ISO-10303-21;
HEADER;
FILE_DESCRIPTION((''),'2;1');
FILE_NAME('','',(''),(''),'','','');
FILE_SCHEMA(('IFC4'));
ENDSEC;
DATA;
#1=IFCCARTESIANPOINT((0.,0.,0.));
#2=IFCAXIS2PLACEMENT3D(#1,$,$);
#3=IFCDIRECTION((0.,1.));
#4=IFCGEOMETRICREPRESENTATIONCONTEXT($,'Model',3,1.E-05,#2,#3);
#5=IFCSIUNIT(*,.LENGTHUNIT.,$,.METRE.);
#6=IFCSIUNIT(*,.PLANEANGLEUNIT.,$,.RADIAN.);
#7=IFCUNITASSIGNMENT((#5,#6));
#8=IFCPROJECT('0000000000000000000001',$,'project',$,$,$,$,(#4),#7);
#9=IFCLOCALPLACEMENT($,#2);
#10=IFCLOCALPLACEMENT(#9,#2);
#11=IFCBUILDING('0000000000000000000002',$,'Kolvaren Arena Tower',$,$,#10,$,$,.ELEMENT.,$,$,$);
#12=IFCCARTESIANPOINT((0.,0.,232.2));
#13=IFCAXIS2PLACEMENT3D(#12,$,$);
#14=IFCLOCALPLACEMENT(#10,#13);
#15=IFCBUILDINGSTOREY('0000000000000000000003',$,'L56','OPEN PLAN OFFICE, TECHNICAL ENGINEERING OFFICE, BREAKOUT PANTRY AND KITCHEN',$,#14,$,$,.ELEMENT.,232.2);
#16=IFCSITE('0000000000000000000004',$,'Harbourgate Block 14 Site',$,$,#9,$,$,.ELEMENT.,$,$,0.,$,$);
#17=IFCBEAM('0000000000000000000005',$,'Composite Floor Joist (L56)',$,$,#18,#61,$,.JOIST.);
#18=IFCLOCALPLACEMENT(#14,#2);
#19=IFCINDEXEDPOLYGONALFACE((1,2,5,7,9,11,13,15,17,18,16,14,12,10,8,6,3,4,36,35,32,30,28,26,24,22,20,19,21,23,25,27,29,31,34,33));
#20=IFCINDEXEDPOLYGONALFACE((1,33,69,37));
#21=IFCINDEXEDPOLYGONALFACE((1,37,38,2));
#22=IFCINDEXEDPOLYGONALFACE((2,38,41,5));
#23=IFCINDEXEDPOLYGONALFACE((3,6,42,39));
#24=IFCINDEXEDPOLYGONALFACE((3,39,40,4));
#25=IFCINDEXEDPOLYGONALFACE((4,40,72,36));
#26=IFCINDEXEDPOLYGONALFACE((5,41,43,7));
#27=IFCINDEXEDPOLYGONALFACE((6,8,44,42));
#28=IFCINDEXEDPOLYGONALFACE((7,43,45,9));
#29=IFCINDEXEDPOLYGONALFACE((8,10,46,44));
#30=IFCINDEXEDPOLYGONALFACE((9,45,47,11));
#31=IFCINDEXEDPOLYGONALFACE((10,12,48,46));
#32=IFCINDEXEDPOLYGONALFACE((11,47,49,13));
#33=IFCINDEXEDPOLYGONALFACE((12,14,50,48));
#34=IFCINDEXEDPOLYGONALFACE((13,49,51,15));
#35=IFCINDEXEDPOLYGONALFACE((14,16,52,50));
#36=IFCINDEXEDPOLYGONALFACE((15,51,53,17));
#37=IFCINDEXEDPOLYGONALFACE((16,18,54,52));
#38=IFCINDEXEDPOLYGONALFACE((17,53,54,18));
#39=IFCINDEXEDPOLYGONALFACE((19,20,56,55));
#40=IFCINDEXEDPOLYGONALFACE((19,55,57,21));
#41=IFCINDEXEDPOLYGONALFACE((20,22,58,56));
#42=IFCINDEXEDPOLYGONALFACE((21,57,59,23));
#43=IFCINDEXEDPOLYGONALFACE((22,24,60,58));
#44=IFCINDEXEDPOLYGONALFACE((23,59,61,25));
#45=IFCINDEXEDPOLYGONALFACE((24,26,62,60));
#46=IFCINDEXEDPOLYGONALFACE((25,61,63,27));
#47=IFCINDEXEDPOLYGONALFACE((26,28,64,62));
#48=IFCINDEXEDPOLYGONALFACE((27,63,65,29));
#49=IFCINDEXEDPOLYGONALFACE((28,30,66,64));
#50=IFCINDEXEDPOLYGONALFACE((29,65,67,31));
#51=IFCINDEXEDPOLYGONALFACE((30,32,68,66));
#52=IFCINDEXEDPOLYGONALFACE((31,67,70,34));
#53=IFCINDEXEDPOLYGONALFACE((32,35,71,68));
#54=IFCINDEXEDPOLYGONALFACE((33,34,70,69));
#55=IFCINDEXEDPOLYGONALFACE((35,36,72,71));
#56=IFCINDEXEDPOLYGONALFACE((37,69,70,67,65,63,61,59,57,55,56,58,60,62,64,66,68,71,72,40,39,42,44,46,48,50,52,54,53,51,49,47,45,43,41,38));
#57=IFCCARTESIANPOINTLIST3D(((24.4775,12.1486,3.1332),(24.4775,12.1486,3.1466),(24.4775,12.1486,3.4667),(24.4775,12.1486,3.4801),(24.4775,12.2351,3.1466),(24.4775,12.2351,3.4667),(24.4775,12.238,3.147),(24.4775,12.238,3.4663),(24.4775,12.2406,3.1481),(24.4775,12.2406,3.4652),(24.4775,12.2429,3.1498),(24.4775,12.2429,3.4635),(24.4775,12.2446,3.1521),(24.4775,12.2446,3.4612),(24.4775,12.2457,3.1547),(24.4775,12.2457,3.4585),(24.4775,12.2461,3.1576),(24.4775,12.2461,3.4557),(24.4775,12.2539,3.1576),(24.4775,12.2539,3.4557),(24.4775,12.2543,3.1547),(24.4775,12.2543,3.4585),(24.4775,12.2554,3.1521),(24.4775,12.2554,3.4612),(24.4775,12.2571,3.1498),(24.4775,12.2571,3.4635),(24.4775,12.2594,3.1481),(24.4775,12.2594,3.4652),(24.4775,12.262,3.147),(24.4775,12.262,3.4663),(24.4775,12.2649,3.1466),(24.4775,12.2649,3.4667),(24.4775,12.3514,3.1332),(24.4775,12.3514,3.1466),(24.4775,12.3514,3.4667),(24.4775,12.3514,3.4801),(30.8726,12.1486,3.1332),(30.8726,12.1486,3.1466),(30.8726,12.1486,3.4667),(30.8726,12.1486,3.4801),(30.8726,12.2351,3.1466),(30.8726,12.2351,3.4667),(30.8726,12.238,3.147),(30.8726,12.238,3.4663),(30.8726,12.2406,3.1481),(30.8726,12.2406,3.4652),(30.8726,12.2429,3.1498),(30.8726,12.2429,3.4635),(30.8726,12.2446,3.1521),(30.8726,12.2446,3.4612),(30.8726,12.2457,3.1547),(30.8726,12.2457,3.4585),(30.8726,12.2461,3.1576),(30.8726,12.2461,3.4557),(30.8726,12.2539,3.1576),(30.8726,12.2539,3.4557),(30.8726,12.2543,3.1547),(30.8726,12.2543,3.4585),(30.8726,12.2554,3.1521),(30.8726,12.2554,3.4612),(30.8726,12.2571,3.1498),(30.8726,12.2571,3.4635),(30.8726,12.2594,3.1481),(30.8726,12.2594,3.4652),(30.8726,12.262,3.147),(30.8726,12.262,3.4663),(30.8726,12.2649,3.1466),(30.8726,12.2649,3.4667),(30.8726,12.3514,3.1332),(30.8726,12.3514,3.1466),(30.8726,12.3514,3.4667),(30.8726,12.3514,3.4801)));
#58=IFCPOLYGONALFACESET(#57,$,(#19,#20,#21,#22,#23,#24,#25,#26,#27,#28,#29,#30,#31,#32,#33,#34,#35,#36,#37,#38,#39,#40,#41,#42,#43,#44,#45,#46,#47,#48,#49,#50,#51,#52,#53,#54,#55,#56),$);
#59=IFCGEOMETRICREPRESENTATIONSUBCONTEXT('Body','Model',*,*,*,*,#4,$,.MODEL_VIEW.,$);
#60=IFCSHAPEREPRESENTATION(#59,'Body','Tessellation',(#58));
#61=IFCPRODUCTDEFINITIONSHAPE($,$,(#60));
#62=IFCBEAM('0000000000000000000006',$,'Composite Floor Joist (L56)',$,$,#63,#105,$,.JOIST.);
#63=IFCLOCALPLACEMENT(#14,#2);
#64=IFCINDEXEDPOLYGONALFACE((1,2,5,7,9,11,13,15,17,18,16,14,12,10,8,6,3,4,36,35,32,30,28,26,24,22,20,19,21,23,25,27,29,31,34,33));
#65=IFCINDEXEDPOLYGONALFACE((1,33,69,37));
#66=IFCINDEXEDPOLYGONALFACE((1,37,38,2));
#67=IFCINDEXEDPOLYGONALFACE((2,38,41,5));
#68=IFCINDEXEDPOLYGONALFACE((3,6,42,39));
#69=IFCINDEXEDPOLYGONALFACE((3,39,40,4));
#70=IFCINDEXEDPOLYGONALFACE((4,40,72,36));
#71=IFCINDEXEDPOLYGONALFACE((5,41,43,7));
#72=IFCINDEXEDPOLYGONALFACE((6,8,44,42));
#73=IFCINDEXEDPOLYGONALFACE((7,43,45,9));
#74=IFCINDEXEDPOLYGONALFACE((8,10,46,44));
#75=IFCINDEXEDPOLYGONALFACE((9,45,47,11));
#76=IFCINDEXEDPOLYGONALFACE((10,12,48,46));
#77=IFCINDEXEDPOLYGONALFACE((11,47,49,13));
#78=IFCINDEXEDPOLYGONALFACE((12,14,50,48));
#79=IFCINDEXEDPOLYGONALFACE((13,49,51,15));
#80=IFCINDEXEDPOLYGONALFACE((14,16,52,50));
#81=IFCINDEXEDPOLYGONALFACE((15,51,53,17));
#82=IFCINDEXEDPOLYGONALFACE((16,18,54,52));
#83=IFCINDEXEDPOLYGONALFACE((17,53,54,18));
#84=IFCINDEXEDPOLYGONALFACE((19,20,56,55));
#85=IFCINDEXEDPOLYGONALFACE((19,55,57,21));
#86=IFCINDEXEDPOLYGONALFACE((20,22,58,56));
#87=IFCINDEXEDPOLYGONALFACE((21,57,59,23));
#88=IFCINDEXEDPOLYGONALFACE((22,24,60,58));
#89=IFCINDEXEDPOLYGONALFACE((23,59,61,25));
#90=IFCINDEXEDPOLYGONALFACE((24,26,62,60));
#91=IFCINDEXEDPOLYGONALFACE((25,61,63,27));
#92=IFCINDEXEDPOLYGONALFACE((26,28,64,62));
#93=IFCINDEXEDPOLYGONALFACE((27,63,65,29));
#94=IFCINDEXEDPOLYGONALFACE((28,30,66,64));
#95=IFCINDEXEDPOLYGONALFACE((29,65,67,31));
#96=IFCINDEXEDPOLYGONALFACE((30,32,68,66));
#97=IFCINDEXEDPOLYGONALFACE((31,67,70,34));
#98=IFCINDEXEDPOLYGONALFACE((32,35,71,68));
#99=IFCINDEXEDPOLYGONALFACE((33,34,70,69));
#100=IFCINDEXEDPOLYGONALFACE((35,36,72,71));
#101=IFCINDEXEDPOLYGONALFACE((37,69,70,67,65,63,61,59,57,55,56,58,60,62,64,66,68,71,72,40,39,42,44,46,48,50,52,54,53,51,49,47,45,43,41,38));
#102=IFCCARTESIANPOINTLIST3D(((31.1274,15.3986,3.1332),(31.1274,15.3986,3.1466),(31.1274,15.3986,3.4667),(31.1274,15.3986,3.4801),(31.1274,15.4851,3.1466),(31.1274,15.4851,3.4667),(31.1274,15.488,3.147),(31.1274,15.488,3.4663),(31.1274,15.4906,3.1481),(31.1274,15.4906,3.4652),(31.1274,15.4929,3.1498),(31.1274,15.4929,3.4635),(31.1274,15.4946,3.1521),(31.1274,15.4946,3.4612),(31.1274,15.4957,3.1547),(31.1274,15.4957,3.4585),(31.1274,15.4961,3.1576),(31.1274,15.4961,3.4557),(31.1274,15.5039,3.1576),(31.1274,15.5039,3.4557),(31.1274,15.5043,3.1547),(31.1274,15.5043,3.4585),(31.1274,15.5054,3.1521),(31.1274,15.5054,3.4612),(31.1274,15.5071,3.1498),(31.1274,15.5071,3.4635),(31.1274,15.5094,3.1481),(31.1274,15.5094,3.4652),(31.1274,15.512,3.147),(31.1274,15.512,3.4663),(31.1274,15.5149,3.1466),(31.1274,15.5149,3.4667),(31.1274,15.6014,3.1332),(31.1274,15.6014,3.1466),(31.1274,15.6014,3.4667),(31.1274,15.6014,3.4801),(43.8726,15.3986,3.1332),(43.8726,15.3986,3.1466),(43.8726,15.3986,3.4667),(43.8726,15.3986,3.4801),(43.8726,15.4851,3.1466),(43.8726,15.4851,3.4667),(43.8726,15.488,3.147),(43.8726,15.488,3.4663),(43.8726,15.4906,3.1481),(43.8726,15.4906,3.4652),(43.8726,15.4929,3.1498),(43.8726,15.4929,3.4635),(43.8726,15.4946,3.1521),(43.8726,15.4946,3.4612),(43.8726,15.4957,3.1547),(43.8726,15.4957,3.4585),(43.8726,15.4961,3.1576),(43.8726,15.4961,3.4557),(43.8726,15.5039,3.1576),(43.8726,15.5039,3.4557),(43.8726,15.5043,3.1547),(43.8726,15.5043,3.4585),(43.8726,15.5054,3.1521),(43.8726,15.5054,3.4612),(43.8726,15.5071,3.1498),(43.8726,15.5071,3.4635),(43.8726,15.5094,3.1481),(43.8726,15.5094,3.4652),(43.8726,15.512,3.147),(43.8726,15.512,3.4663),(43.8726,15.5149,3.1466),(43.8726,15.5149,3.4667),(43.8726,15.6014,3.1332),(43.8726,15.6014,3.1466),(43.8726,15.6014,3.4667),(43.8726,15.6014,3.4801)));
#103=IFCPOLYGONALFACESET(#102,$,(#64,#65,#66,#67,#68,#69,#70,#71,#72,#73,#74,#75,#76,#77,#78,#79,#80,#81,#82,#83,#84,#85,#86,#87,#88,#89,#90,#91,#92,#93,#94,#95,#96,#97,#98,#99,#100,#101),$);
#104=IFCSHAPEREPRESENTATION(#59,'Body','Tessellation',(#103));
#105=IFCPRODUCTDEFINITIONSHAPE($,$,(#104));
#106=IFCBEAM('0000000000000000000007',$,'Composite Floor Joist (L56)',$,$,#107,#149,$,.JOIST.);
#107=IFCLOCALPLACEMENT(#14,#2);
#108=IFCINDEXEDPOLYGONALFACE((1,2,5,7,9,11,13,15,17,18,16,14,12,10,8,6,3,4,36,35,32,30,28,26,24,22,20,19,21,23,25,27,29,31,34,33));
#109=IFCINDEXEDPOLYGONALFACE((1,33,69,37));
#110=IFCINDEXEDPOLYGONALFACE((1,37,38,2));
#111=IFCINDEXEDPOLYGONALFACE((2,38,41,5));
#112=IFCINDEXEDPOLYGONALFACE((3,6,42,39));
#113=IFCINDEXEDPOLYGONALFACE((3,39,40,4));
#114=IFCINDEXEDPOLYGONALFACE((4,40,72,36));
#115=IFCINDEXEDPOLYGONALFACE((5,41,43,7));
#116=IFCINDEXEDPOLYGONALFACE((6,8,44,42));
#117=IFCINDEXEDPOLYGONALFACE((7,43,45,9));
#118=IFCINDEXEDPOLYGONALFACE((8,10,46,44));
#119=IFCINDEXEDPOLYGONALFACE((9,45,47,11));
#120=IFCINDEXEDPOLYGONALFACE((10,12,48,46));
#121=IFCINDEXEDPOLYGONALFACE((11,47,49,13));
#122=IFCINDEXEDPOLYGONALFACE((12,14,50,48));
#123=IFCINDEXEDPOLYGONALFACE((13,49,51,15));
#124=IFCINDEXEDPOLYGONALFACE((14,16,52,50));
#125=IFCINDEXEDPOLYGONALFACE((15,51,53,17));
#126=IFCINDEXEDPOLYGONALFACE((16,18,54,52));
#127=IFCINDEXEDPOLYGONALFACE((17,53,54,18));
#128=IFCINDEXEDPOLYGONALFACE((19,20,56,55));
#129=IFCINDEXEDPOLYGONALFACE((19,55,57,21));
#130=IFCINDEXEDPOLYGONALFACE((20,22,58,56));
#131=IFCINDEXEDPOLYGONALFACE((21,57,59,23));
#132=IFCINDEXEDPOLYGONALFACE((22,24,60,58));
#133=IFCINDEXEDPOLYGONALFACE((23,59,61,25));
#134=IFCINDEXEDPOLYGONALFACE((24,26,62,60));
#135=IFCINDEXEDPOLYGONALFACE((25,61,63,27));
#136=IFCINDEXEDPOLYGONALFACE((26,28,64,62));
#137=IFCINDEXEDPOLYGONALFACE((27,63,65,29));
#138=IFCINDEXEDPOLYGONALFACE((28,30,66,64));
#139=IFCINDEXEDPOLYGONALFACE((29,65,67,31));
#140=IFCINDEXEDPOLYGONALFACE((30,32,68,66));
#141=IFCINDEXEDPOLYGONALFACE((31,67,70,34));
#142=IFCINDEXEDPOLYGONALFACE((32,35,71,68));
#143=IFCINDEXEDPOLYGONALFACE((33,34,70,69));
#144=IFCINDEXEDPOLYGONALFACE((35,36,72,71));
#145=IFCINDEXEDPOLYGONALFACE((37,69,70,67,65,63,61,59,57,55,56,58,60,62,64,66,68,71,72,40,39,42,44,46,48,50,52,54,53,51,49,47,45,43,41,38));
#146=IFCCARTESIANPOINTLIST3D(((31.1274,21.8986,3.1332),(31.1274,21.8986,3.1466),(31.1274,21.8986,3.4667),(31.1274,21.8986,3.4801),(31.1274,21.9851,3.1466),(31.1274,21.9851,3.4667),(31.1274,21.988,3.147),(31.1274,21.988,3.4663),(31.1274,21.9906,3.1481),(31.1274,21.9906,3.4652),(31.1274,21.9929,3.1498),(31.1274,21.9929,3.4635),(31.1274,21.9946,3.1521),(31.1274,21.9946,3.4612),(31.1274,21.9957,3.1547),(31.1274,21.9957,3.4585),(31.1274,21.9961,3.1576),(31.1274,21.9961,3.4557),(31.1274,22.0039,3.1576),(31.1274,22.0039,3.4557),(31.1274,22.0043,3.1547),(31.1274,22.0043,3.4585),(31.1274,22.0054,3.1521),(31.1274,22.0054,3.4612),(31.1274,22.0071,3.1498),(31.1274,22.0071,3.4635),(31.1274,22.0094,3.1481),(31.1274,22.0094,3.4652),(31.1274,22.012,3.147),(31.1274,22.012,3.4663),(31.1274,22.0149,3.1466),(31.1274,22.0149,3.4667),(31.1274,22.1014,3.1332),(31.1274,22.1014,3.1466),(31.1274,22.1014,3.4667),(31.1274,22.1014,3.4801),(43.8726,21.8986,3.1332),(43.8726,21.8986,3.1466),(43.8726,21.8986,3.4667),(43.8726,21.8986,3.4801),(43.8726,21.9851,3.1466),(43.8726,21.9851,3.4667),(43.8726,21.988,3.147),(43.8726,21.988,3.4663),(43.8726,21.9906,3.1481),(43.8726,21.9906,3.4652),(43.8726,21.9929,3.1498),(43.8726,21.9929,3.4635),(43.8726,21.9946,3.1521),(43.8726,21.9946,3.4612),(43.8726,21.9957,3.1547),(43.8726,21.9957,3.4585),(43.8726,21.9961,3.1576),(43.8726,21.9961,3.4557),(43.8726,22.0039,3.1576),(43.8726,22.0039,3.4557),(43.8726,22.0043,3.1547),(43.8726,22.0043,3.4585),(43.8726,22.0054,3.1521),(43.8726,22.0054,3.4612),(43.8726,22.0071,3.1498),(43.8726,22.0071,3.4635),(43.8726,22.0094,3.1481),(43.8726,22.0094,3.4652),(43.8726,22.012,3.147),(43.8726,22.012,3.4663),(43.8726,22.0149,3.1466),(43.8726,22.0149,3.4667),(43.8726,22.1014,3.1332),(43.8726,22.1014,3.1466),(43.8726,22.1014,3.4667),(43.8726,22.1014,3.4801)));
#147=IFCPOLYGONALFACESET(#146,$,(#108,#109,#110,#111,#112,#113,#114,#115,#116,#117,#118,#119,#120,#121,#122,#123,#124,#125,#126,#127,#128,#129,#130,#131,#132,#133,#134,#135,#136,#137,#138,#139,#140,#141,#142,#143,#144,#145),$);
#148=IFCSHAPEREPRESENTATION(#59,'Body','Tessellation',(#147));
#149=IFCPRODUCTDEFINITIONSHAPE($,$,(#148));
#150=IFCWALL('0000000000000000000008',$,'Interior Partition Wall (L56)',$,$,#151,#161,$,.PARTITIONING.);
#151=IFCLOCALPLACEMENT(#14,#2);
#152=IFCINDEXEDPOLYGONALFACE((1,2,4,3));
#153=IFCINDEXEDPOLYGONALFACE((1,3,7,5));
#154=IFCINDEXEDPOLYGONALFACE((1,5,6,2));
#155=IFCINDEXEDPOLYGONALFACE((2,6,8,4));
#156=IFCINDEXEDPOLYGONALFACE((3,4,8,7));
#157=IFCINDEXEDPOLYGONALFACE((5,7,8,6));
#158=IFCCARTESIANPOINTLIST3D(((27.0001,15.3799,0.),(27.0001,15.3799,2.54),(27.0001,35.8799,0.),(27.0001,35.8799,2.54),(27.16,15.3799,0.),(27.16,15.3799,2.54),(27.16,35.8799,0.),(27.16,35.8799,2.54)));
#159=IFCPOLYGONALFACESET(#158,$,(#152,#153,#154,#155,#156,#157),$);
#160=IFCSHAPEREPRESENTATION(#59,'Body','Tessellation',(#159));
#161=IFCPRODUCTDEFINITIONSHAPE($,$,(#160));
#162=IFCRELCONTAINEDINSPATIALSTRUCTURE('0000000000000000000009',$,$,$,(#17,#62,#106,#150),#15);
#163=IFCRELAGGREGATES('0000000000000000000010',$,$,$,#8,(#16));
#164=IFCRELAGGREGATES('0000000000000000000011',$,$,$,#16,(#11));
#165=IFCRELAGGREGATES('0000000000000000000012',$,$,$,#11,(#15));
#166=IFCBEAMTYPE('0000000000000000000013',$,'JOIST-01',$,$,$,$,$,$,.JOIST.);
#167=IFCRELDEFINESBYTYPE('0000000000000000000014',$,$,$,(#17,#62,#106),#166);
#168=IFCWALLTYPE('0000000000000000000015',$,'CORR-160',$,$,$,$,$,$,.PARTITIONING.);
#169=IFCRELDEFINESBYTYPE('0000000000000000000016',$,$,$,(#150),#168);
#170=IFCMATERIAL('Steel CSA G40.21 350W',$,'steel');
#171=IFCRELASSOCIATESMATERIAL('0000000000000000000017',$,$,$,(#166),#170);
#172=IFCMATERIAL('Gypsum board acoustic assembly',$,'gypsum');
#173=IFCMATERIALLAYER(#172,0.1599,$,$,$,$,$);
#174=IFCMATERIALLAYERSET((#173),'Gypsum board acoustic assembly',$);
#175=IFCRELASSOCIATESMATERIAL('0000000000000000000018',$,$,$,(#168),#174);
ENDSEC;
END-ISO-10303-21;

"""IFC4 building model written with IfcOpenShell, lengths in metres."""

from ifc_helpers import new_model, si_unit, direction, frame, frame_2d, origin, origin_2d, place, context, subcontext, project, spatial, rectangle, i_section, extrude, material, layer, layer_set, material_profile, profile_set, type_object, element, save


model = new_model("IFC4")

# Units and contexts
model_context = context("Model", 3, precision=1e-05, world=origin(), true_north=direction((0.0, 1.0)))
body_context = subcontext(model_context, "Body", "Model", "MODEL_VIEW")
ifc_project = project(units=[si_unit("LENGTHUNIT", "METRE"), si_unit("PLANEANGLEUNIT", "RADIAN")], contexts=[model_context])

# Site, building, storey
site_placement = place(None, origin())
site = spatial("IfcSite", under=ifc_project, at=site_placement, Name="Harbourgate Block 14 Site", CompositionType="ELEMENT", RefElevation=0.0)
building_placement = place(site_placement, origin())
building = spatial("IfcBuilding", under=site, at=building_placement, Name="Kolvaren Arena Tower", CompositionType="ELEMENT")
storey_placement = place(building_placement, frame((0.0, 0.0, 232.2)))
storey = spatial("IfcBuildingStorey", under=building, at=storey_placement, Name="L56", Description="OPEN PLAN OFFICE, TECHNICAL ENGINEERING OFFICE, BREAKOUT PANTRY AND KITCHEN", CompositionType="ELEMENT", Elevation=232.2)

# Beams
ifc_material_1 = material(Name="Steel CSA G40.21 350W", Category="steel")
ifc_material_profile_1 = material_profile(ifc_material_1, i_section(OverallWidth=0.2029, OverallDepth=0.3469, WebThickness=0.0078, FlangeThickness=0.0134, FilletRadius=0.011, at=origin_2d()), Name="W360x64")
ifc_profile_set_1 = profile_set([ifc_material_profile_1], Name="Steel CSA G40.21 350W")
beam_type_1 = type_object("IfcBeamType", Name="JOIST-01", PredefinedType="JOIST", material=ifc_profile_set_1)
beam_1_placement = place(storey_placement, frame((24.4775, 12.25, 3.3066), z_axis=(1.0, 0.0, 0.0), x_axis=(0.0, 1.0, 0.0)))
element("IfcBeam", 1, at=beam_1_placement, inside=storey, type_object=beam_type_1, Name="Composite Floor Joist (L56)", PredefinedType="JOIST", context=body_context, shape_type="SweptSolid", body=[
    extrude(i_section(OverallWidth=0.2029, OverallDepth=0.3469, WebThickness=0.0078, FlangeThickness=0.0134, FilletRadius=0.011, at=origin_2d()), origin(), (0.0, 0.0, 1.0), 6.395),
])
for number, where, z_axis, x_axis, name in (
    (2, (31.1274, 15.5, 3.3066), (1.0, 0.0, 0.0), (0.0, 1.0, 0.0), "Composite Floor Joist (L56)"),
    (3, (31.1274, 22.0, 3.3066), (1.0, 0.0, 0.0), (0.0, 1.0, 0.0), "Composite Floor Joist (L56)"),
):
    element("IfcBeam", number, at=place(storey_placement, frame(where, z_axis=z_axis, x_axis=x_axis)), inside=storey, type_object=beam_type_1, Name=name, PredefinedType="JOIST", context=body_context, shape_type="SweptSolid", body=[
        extrude(i_section(OverallWidth=0.2029, OverallDepth=0.3469, WebThickness=0.0078, FlangeThickness=0.0134, FilletRadius=0.011, at=origin_2d()), origin(), (0.0, 0.0, 1.0), 12.7451),
    ])

# Shared definitions
ifc_material_2 = material(Name="Gypsum board acoustic assembly", Category="gypsum")
ifc_layer_1 = layer(ifc_material_2, 0.1599)
ifc_layer_set_1 = layer_set([ifc_layer_1], Name="Gypsum board acoustic assembly")
wall_type_1 = type_object("IfcWallType", Name="CORR-160", PredefinedType="PARTITIONING", material=ifc_layer_set_1)

# Wall
wall_1_placement = place(storey_placement, frame((27.0801, 15.3799, 0.0), z_axis=(0.0, 0.0, 1.0), x_axis=(0.0, 1.0, 0.0)))
element("IfcWall", 4, at=wall_1_placement, inside=storey, type_object=wall_type_1, Name="Interior Partition Wall (L56)", PredefinedType="PARTITIONING", context=body_context, shape_type="SweptSolid", body=[
    extrude(rectangle(XDim=20.5, YDim=0.1599, at=frame_2d((10.25, 0.0))), origin(), (0.0, 0.0, 1.0), 2.54),
])

save(model, "model.ifc")
